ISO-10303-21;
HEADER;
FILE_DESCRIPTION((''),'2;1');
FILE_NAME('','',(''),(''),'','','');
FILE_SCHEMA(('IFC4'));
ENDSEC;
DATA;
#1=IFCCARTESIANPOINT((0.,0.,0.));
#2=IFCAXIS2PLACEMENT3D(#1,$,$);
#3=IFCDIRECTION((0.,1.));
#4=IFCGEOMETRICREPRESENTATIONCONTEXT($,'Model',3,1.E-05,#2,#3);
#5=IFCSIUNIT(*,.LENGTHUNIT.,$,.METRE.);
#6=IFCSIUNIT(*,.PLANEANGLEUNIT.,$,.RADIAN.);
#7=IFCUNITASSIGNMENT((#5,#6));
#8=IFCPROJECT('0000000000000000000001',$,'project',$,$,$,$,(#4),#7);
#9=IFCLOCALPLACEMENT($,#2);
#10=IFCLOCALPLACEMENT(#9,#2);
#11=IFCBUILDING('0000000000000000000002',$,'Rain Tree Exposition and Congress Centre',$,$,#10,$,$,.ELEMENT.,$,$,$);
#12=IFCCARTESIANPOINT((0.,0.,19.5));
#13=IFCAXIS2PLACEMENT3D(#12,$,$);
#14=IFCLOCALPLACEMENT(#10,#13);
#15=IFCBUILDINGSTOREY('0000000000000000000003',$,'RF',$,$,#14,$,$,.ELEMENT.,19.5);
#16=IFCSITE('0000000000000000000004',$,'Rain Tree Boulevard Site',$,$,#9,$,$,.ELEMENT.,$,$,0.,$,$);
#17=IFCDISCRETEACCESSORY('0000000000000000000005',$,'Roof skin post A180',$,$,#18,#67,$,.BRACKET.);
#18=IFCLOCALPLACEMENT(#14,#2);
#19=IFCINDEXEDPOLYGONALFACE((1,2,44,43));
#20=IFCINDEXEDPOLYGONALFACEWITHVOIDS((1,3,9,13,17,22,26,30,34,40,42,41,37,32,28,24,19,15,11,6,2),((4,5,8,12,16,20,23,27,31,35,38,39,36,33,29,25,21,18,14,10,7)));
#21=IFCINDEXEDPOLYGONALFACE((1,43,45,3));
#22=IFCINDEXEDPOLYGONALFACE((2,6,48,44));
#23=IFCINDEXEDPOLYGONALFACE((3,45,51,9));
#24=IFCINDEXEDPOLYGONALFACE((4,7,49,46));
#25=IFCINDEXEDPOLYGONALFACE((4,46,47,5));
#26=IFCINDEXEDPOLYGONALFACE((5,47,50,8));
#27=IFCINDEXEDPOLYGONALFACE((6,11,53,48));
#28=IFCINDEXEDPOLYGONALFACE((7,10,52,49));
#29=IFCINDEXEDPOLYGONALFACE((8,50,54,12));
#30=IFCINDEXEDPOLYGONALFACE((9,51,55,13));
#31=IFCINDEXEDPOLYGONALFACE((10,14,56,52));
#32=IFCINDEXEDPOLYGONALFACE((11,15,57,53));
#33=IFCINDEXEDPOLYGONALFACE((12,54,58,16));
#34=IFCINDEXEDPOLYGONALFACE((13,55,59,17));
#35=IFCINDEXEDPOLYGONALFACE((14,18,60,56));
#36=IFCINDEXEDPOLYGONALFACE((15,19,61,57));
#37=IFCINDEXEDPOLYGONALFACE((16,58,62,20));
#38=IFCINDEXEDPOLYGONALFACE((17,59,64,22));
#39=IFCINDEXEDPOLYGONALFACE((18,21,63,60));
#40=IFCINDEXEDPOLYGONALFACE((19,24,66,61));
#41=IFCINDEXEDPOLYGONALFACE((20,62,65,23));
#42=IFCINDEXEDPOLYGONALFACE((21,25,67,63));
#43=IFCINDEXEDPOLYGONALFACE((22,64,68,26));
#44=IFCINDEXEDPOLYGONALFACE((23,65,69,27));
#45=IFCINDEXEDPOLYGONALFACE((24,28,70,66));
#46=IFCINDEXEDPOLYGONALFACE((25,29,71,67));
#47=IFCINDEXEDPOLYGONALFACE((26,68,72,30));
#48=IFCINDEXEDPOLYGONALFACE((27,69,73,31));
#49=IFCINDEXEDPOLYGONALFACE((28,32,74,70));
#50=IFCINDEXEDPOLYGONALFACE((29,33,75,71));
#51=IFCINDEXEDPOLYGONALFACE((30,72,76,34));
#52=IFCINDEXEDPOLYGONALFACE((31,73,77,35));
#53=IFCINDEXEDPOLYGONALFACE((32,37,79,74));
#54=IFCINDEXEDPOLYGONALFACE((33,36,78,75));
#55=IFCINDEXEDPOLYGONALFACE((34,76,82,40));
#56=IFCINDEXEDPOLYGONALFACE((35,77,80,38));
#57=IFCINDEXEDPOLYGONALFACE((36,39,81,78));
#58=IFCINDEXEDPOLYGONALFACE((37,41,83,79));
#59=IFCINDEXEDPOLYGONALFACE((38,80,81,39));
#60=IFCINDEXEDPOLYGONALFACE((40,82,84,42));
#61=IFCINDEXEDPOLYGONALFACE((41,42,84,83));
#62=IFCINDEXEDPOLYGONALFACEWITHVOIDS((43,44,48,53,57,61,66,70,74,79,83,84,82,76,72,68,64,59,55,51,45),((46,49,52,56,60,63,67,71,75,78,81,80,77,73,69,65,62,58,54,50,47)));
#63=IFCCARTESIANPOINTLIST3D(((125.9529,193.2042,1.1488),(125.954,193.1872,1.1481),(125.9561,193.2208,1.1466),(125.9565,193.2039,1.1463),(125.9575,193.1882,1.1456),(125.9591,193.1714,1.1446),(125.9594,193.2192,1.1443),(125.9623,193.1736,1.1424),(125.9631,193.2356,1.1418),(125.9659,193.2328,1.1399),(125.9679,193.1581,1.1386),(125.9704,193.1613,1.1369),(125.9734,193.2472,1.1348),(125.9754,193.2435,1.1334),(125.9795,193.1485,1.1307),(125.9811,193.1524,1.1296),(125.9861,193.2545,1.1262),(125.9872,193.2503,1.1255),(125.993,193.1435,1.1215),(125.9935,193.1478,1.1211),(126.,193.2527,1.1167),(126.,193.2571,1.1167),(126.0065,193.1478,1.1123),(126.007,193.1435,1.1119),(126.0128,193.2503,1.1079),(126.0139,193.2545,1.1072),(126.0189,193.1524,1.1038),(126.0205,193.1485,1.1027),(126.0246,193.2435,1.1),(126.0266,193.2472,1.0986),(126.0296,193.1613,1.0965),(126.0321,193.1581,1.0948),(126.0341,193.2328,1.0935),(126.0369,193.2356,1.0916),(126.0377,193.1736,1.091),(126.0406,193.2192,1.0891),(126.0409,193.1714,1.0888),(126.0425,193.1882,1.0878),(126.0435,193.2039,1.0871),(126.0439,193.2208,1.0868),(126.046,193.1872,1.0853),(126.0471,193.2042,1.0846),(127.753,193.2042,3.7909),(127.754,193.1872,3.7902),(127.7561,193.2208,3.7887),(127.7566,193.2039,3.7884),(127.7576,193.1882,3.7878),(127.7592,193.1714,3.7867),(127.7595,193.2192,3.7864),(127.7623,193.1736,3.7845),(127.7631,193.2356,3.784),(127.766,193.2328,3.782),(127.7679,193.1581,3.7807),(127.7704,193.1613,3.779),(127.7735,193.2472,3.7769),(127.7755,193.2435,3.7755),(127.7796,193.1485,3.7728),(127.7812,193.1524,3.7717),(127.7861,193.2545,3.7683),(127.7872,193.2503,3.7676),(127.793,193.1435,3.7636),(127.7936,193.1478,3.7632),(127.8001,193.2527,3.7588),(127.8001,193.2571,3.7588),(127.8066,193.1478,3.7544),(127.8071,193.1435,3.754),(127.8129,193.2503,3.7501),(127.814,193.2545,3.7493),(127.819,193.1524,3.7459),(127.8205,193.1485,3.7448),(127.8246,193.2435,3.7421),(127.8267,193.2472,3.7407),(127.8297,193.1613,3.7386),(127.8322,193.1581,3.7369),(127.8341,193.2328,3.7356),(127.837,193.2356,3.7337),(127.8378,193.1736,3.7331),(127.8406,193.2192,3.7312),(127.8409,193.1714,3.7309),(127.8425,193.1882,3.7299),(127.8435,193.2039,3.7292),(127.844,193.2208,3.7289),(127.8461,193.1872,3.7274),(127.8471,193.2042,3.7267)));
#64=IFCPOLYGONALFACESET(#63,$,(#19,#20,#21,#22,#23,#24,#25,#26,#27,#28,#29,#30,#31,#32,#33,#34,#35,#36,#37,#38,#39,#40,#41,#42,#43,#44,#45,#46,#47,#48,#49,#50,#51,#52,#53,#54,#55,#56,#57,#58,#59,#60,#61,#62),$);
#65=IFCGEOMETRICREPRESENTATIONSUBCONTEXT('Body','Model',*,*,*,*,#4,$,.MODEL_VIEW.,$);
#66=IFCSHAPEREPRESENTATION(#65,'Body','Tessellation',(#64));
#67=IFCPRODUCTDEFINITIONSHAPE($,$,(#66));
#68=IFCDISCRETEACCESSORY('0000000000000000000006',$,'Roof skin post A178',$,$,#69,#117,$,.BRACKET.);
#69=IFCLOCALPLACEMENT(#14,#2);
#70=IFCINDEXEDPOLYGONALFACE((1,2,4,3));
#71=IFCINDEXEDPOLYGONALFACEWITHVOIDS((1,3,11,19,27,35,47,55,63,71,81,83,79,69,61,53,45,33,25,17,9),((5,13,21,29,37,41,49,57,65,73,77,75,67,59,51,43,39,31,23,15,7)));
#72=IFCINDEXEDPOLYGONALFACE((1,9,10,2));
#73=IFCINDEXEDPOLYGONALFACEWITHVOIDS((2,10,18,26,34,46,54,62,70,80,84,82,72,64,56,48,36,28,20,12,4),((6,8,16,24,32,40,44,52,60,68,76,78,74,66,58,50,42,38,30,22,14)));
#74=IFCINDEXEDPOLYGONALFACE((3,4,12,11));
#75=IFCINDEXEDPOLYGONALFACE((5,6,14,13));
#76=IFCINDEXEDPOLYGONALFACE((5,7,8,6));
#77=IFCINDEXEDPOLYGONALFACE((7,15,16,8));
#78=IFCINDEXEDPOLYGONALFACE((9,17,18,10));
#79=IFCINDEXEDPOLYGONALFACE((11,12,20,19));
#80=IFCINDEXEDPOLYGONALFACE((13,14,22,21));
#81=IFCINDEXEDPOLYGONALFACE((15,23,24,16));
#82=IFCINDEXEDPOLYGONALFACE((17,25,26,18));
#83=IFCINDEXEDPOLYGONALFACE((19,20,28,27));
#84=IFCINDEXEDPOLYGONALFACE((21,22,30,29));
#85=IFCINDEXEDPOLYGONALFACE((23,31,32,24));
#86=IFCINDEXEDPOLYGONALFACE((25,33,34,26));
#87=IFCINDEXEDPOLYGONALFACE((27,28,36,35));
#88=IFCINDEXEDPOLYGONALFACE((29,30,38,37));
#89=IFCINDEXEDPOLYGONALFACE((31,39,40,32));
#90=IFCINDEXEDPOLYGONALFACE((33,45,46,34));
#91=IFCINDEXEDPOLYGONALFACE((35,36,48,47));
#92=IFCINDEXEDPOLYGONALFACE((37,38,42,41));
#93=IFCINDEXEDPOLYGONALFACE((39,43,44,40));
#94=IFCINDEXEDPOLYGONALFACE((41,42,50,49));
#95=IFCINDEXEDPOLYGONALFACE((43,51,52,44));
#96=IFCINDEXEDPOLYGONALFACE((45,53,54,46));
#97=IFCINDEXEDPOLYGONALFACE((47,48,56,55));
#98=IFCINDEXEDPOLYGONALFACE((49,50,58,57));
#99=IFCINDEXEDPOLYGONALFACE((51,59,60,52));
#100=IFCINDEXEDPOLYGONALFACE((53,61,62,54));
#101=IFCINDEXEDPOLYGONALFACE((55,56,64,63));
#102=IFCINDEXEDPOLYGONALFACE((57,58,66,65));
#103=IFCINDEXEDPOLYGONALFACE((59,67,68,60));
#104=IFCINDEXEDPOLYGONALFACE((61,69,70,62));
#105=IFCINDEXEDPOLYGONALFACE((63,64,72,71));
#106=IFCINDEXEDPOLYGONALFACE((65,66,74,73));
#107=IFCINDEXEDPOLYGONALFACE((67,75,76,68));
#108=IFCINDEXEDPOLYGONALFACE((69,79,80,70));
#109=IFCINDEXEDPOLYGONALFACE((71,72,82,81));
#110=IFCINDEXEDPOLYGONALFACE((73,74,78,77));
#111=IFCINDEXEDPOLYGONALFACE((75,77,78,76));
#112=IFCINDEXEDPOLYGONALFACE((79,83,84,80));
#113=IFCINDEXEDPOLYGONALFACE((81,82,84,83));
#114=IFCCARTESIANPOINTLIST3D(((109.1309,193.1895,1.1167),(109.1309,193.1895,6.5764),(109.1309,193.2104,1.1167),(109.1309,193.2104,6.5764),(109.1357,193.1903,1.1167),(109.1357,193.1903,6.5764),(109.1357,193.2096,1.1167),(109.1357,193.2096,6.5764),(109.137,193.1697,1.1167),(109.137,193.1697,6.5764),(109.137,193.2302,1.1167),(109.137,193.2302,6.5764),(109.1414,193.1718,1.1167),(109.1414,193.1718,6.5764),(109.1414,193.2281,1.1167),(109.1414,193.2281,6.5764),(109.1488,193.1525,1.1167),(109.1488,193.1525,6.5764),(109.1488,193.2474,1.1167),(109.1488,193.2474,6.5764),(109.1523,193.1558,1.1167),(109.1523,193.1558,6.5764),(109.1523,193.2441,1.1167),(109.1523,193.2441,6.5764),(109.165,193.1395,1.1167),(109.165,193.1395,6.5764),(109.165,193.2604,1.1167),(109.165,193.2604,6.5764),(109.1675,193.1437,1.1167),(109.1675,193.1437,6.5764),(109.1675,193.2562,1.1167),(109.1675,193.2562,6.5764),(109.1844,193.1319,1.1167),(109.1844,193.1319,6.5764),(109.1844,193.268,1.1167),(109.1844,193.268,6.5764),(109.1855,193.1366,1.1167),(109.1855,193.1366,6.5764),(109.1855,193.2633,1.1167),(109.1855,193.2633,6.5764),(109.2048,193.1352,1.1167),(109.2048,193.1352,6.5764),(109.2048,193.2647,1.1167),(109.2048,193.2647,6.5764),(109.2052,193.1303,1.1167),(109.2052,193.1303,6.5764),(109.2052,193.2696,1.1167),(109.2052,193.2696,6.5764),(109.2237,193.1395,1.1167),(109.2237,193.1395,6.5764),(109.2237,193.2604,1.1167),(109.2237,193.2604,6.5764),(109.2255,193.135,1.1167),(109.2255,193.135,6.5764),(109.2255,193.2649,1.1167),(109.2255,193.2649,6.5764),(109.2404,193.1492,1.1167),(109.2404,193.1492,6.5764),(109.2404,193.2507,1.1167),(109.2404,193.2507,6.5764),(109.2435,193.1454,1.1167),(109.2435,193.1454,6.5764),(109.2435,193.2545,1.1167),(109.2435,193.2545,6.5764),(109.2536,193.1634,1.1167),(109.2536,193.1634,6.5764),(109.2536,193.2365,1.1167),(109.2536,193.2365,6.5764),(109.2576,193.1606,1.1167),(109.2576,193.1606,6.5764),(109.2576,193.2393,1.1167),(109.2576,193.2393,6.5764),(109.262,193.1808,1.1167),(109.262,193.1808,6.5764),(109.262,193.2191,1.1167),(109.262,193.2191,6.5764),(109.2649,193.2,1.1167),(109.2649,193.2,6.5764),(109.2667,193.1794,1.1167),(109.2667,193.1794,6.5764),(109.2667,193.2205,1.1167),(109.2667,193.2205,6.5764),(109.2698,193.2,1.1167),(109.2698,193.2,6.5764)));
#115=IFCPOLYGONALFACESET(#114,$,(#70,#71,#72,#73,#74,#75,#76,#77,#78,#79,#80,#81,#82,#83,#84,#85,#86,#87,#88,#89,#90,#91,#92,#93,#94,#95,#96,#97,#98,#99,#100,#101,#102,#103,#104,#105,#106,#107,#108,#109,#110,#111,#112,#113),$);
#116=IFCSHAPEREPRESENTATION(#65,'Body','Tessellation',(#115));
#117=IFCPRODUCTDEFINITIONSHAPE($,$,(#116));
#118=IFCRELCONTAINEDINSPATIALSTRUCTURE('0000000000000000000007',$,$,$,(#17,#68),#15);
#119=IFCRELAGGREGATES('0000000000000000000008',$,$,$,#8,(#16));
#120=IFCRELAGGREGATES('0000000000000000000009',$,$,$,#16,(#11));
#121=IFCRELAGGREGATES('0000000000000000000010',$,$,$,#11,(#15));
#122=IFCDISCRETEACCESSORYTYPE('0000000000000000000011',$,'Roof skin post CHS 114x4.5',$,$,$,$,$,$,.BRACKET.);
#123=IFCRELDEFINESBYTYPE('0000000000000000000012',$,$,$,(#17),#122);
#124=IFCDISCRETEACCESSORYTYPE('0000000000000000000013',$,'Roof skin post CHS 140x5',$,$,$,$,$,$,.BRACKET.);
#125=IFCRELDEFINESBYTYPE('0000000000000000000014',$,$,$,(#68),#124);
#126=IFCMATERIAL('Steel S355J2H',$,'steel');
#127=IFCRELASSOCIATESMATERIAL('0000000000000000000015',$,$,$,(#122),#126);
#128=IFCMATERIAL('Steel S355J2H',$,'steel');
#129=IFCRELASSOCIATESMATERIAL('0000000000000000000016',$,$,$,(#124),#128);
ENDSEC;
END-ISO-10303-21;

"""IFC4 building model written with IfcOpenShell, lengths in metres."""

from ifc_helpers import new_model, si_unit, direction, frame, origin, origin_2d, place, context, subcontext, project, spatial, hollow_circle, extrude, material, material_profile, profile_set, type_object, element, save


model = new_model("IFC4")

# Units and contexts
model_context = context("Model", 3, precision=1e-05, world=origin(), true_north=direction((0.0, 1.0)))
body_context = subcontext(model_context, "Body", "Model", "MODEL_VIEW")
ifc_project = project(units=[si_unit("LENGTHUNIT", "METRE"), si_unit("PLANEANGLEUNIT", "RADIAN")], contexts=[model_context])

# Site, building, storey
site_placement = place(None, origin())
site = spatial("IfcSite", under=ifc_project, at=site_placement, Name="Rain Tree Boulevard Site", CompositionType="ELEMENT", RefElevation=0.0)
building_placement = place(site_placement, origin())
building = spatial("IfcBuilding", under=site, at=building_placement, Name="Rain Tree Exposition and Congress Centre", CompositionType="ELEMENT")
storey_placement = place(building_placement, frame((0.0, 0.0, 19.5)))
storey = spatial("IfcBuildingStorey", under=building, at=storey_placement, Name="RF", CompositionType="ELEMENT", Elevation=19.5)

# Discrete accessories
ifc_material_1 = material(Name="Steel S355J2H", Category="steel")
ifc_material_profile_1 = material_profile(ifc_material_1, hollow_circle(Radius=0.0571, WallThickness=0.0044, at=origin_2d()), Name="CHS 114x4.5")
ifc_profile_set_1 = profile_set([ifc_material_profile_1], Name="Steel S355J2H")
discrete_accessory_type_1 = type_object("IfcDiscreteAccessoryType", Name="Roof skin post CHS 114x4.5", PredefinedType="BRACKET", material=ifc_profile_set_1)
discrete_accessory_1_placement = place(storey_placement, frame((126.0, 193.2, 1.1167), z_axis=(0.563043, 0.0, 0.826428), x_axis=(0.0, 1.0, 0.0)))
element("IfcDiscreteAccessory", 1, at=discrete_accessory_1_placement, inside=storey, type_object=discrete_accessory_type_1, Name="Roof skin post A180", PredefinedType="BRACKET", context=body_context, shape_type="SweptSolid", body=[
    extrude(hollow_circle(Radius=0.0571, WallThickness=0.0044, at=origin_2d()), origin(), (0.0, 0.0, 1.0), 3.197),
])
ifc_material_2 = material(Name="Steel S355J2H", Category="steel")
ifc_material_profile_2 = material_profile(ifc_material_2, hollow_circle(Radius=0.0698, WallThickness=0.0049, at=origin_2d()), Name="CHS 140x5")
ifc_profile_set_2 = profile_set([ifc_material_profile_2], Name="Steel S355J2H")
discrete_accessory_type_2 = type_object("IfcDiscreteAccessoryType", Name="Roof skin post CHS 140x5", PredefinedType="BRACKET", material=ifc_profile_set_2)
discrete_accessory_2_placement = place(storey_placement, frame((109.2, 193.2, 1.1167), z_axis=(0.0, 0.0, 1.0), x_axis=(1.0, 0.0, 0.0)))
element("IfcDiscreteAccessory", 2, at=discrete_accessory_2_placement, inside=storey, type_object=discrete_accessory_type_2, Name="Roof skin post A178", PredefinedType="BRACKET", context=body_context, shape_type="SweptSolid", body=[
    extrude(hollow_circle(Radius=0.0698, WallThickness=0.0049, at=origin_2d()), origin(), (0.0, 0.0, 1.0), 5.4597),
])

save(model, "model.ifc")
